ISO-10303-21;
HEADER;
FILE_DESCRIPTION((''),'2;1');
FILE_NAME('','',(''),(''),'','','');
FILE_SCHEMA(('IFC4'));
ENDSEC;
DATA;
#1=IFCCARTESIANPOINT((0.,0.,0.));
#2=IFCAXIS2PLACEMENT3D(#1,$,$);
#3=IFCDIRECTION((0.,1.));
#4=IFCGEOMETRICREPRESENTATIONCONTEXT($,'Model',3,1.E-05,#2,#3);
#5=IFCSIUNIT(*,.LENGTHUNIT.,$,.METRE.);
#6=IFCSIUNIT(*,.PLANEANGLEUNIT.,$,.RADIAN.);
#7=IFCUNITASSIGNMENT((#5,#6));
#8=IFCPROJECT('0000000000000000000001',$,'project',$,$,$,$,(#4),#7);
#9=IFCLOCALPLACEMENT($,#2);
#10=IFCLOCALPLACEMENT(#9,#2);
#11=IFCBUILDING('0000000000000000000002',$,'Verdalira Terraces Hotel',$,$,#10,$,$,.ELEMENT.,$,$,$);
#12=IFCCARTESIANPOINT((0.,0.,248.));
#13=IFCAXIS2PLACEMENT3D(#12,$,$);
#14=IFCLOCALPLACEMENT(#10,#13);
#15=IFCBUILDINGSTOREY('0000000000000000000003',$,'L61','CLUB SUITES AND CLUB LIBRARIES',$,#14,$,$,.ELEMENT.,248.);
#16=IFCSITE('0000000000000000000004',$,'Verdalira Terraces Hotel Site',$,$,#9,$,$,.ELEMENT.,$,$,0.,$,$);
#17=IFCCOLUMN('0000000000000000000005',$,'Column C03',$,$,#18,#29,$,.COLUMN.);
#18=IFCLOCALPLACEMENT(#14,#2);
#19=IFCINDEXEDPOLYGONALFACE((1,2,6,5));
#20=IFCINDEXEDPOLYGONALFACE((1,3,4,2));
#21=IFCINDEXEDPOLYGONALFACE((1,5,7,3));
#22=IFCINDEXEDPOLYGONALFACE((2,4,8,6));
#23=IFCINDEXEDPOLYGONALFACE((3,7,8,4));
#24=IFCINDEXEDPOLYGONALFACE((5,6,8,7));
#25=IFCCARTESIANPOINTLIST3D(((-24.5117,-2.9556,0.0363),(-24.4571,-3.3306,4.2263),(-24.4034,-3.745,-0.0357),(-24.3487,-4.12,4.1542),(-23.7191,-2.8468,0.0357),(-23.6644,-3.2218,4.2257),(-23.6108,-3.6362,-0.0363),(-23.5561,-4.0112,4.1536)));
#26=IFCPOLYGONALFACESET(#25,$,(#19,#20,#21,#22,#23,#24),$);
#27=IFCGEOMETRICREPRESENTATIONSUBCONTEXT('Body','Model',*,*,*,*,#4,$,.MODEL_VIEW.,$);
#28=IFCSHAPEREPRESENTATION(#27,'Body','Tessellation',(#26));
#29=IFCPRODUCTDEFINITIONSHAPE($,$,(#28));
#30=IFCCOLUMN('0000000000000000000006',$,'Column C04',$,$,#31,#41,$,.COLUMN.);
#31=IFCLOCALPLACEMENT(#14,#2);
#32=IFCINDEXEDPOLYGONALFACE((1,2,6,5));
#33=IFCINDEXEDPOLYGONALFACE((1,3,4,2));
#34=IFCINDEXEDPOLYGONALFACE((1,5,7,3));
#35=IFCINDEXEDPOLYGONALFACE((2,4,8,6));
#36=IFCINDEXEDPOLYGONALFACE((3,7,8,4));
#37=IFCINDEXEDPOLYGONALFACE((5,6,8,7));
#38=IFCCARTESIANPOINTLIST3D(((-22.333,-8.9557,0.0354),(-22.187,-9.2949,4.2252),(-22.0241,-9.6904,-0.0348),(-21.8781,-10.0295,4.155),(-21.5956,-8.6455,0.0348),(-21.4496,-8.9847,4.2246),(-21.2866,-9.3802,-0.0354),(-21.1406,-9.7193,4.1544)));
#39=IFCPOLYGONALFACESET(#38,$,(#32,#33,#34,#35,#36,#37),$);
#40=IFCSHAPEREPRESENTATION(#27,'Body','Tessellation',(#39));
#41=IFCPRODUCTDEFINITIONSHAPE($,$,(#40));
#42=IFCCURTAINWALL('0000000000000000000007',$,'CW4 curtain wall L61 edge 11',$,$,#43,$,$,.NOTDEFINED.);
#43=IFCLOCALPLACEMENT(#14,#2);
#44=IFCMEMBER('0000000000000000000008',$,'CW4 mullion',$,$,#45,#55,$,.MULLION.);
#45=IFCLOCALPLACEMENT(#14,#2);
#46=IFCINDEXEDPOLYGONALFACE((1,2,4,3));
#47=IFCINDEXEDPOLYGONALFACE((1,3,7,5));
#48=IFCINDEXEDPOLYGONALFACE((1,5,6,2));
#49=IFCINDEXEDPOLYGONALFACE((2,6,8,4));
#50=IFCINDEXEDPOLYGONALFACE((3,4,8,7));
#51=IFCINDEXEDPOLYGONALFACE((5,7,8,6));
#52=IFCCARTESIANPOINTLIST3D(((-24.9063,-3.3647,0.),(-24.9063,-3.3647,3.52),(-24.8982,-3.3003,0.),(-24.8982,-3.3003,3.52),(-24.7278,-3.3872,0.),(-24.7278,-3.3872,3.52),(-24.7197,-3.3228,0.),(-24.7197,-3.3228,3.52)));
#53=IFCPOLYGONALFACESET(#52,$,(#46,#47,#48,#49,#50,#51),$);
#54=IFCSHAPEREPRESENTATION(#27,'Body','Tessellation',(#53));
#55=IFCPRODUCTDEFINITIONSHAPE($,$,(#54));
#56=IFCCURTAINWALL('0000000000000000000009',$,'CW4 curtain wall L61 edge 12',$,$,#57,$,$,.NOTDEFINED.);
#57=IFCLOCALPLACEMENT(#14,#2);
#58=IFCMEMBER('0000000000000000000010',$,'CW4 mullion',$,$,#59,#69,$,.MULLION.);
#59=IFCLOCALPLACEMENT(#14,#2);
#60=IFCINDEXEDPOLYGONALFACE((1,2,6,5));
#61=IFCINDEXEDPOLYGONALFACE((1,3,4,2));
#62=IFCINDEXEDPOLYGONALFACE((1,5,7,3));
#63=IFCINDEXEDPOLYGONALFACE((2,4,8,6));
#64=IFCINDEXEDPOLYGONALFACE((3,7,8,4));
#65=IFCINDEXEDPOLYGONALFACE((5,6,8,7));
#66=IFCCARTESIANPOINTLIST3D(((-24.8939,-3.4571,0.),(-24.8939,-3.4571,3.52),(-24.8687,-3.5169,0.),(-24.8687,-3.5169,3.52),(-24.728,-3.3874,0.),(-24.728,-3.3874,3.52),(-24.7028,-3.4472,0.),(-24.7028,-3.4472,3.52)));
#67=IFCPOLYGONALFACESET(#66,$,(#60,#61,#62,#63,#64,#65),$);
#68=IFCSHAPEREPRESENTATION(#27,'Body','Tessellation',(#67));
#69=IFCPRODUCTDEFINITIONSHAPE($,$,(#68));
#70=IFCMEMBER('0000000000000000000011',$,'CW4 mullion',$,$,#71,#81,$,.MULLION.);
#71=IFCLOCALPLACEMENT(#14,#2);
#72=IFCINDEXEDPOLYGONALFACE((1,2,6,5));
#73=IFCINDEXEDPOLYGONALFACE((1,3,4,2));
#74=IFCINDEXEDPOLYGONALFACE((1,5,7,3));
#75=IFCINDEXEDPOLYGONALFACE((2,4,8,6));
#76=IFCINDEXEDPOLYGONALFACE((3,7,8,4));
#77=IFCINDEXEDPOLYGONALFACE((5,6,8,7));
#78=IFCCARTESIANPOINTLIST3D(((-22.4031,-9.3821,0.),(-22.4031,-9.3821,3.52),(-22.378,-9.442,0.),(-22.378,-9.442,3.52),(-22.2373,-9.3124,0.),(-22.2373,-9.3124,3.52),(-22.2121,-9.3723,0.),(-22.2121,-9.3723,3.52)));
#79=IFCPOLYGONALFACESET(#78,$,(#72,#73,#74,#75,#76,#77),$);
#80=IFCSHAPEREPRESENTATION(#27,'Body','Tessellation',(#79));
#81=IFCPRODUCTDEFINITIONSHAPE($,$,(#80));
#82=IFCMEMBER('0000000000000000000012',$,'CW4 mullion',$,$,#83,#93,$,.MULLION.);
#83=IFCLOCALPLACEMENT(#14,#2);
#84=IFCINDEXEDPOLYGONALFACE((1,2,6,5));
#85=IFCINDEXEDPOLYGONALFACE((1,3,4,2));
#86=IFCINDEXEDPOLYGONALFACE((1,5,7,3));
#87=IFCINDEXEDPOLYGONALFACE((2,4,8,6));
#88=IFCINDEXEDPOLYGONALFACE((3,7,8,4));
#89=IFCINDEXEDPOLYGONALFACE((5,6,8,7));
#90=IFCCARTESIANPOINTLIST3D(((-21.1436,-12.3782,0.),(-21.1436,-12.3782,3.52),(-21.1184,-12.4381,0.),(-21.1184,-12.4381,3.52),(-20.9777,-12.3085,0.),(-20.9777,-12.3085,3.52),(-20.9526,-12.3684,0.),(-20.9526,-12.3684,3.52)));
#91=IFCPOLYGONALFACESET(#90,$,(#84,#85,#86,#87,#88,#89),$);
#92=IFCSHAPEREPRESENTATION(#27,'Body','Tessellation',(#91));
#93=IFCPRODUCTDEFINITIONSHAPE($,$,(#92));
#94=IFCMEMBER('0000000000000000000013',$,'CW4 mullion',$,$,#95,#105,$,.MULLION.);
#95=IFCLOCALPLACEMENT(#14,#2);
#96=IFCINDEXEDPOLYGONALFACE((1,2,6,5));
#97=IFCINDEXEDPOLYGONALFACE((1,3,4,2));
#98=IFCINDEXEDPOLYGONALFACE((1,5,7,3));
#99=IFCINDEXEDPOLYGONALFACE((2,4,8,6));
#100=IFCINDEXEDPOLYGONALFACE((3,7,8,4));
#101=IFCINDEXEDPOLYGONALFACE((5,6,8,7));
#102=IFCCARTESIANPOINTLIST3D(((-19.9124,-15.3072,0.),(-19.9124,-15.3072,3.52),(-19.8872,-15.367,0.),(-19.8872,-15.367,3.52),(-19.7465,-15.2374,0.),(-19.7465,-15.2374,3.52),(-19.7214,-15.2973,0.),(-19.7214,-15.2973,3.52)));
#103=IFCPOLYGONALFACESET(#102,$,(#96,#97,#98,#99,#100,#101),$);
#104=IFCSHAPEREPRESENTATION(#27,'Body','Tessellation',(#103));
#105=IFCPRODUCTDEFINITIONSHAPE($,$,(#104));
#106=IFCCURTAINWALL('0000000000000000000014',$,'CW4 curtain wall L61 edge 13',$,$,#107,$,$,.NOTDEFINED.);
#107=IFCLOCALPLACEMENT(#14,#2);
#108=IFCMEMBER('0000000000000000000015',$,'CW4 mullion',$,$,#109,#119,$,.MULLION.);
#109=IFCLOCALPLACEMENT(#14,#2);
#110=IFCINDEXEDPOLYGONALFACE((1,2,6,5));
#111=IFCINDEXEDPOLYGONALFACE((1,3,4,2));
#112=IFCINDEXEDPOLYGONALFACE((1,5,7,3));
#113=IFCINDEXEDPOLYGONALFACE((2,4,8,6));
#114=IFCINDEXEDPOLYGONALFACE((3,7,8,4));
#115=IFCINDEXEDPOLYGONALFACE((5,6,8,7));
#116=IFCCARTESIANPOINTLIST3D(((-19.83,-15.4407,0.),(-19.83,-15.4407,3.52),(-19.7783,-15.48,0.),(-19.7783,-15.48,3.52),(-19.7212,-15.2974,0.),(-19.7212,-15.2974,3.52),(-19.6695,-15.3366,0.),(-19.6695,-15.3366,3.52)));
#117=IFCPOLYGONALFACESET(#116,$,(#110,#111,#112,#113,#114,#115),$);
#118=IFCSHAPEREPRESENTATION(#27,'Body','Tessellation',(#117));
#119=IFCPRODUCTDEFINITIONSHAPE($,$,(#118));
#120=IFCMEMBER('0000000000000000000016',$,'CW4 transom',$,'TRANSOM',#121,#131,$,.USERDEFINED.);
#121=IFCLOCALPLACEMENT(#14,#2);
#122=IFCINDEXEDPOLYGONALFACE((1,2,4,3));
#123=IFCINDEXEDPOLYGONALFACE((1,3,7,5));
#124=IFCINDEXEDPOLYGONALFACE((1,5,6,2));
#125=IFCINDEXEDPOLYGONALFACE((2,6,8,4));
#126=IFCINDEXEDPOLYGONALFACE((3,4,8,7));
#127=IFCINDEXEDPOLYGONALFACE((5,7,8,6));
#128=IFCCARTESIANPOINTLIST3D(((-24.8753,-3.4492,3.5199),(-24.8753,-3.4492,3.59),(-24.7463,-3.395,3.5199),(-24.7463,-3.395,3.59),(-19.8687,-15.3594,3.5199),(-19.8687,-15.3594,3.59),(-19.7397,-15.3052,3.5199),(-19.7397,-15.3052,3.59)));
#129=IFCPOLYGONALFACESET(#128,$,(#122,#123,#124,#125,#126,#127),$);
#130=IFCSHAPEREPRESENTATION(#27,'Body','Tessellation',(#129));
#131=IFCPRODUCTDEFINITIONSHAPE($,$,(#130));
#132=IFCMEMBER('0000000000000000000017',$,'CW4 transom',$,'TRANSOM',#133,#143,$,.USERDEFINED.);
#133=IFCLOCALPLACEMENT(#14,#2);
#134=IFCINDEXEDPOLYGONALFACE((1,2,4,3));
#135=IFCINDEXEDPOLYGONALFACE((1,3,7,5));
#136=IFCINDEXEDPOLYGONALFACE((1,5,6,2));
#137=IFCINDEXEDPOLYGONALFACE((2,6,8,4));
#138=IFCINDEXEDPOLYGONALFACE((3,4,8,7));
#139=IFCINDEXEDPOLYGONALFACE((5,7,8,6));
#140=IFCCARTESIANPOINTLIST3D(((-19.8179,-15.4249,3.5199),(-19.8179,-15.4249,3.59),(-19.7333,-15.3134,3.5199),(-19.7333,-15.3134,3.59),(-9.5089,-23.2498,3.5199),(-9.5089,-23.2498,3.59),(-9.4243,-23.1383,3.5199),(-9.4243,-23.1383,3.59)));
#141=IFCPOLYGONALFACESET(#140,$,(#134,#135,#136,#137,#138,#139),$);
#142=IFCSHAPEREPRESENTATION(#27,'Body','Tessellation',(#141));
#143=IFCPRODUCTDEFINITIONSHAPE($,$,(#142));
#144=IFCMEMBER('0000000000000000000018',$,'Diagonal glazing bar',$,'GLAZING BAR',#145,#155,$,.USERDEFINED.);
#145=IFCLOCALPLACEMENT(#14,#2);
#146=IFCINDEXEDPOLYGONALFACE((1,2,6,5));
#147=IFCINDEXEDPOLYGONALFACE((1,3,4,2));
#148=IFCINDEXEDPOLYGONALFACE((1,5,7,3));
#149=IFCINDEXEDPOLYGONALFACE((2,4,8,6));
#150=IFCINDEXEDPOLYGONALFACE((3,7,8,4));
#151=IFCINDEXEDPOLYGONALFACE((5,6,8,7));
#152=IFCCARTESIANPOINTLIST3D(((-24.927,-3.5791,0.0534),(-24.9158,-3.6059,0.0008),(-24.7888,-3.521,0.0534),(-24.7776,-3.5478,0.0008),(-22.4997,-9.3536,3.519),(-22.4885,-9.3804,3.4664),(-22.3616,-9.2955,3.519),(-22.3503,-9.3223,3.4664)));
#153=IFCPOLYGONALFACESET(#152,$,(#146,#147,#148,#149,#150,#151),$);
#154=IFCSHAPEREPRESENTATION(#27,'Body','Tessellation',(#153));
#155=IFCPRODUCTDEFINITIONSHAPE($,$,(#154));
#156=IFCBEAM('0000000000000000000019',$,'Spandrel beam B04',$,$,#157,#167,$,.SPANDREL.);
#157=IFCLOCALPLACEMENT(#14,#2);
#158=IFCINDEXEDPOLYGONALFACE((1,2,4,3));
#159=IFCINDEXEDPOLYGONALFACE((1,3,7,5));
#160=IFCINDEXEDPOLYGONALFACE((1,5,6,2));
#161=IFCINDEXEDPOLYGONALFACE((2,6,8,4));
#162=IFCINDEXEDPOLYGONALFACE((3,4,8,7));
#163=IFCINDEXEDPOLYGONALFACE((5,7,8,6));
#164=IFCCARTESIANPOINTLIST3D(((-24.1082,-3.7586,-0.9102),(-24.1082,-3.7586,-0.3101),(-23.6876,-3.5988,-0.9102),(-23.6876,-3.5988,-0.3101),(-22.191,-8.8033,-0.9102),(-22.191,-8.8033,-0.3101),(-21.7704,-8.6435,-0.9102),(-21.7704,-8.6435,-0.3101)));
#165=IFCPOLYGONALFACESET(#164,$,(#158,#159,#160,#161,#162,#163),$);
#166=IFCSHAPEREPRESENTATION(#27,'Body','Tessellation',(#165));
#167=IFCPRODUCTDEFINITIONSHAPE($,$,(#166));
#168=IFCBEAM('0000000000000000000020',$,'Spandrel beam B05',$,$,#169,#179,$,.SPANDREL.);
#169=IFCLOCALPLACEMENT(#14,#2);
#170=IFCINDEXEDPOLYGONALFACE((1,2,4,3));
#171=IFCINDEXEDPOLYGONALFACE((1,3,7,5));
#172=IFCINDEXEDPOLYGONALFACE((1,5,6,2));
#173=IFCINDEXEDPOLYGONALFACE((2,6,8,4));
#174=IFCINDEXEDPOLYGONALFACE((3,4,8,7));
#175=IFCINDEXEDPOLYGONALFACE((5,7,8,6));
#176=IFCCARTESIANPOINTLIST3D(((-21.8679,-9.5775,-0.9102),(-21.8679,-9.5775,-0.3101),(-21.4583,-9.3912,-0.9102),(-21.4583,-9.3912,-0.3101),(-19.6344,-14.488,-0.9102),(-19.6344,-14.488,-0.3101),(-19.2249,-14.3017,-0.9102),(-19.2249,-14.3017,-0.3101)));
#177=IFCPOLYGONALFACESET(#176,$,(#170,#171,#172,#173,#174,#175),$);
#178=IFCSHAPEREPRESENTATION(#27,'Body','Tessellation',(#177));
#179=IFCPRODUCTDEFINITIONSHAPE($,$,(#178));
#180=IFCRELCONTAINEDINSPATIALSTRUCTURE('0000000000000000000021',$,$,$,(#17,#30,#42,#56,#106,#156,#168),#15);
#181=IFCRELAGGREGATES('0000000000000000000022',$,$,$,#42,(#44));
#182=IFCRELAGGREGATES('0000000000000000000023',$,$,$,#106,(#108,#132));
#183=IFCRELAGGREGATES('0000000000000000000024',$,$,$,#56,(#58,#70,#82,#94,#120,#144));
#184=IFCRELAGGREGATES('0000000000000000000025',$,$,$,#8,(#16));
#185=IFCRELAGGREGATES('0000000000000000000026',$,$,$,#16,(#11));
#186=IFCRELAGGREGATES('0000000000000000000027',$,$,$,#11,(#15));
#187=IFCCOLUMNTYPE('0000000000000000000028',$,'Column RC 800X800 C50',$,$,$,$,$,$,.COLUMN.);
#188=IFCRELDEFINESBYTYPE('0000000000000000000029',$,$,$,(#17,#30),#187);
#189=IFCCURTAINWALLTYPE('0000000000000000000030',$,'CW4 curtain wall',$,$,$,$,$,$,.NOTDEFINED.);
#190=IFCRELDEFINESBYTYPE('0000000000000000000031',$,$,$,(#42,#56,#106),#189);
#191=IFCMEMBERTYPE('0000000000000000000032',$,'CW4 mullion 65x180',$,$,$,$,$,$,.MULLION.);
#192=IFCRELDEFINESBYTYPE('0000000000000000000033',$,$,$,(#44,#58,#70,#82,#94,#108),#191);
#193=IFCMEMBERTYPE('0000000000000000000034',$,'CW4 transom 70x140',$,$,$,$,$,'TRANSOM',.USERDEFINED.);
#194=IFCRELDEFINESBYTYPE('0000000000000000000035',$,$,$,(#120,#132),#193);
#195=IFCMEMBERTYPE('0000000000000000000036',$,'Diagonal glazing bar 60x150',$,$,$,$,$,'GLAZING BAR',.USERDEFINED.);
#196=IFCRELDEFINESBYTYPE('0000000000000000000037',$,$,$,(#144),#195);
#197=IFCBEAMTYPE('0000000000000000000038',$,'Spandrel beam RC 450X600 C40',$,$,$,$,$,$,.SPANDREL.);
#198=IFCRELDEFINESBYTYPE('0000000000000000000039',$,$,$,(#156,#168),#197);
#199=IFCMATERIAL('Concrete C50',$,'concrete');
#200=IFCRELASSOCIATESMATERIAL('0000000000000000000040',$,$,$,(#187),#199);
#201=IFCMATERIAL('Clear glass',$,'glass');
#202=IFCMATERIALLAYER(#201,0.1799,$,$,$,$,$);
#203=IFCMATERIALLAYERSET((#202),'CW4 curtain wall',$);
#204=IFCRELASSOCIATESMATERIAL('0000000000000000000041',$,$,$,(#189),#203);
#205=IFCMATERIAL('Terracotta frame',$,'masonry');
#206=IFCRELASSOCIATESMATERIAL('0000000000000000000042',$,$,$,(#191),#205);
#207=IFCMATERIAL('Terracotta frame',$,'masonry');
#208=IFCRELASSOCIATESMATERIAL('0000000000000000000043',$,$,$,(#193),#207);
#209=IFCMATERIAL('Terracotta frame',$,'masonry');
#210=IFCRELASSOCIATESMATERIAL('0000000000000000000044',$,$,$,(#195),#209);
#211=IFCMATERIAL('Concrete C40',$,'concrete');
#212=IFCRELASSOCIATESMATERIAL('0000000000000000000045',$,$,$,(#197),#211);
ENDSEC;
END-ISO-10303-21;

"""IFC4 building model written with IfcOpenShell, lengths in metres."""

from ifc_helpers import new_model, si_unit, direction, frame, origin, origin_2d, place, context, subcontext, project, spatial, rectangle, extrude, material, layer, layer_set, material_profile, profile_set, type_object, element, aggregate, save


model = new_model("IFC4")

# Units and contexts
model_context = context("Model", 3, precision=1e-05, world=origin(), true_north=direction((0.0, 1.0)))
body_context = subcontext(model_context, "Body", "Model", "MODEL_VIEW")
ifc_project = project(units=[si_unit("LENGTHUNIT", "METRE"), si_unit("PLANEANGLEUNIT", "RADIAN")], contexts=[model_context])

# Site, building, storey
site_placement = place(None, origin())
site = spatial("IfcSite", under=ifc_project, at=site_placement, Name="Verdalira Terraces Hotel Site", CompositionType="ELEMENT", RefElevation=0.0)
building_placement = place(site_placement, origin())
building = spatial("IfcBuilding", under=site, at=building_placement, Name="Verdalira Terraces Hotel", CompositionType="ELEMENT")
storey_placement = place(building_placement, frame((0.0, 0.0, 248.0)))
storey = spatial("IfcBuildingStorey", under=building, at=storey_placement, Name="L61", Description="CLUB SUITES AND CLUB LIBRARIES", CompositionType="ELEMENT", Elevation=248.0)

# Columns
ifc_material_1 = material(Name="Concrete C50", Category="concrete")
ifc_material_profile_1 = material_profile(ifc_material_1, rectangle(XDim=0.8, YDim=0.8, at=origin_2d()), Name="RC 800X800")
ifc_profile_set_1 = profile_set([ifc_material_profile_1], Name="Concrete C50")
column_type = type_object("IfcColumnType", Name="Column RC 800X800 C50", PredefinedType="COLUMN", material=ifc_profile_set_1)
column_1_placement = place(storey_placement, frame((-24.0613, -3.2959, 0.0), z_axis=(0.012999, -0.089136, 0.995935), x_axis=(-0.135391, 0.986689, 0.090076)))
element("IfcColumn", 1, at=column_1_placement, inside=storey, type_object=column_type, Name="Column C03", PredefinedType="COLUMN", context=body_context, shape_type="SweptSolid", body=[
    extrude(rectangle(XDim=0.8, YDim=0.8, at=origin_2d()), origin(), (0.0, 0.0, 1.0), 4.207),
])
column_2_placement = place(storey_placement, frame((-21.8098, -9.168, 0.0), z_axis=(0.03471, -0.080622, 0.99614), x_axis=(0.38617, -0.918242, -0.087773)))
element("IfcColumn", 2, at=column_2_placement, inside=storey, type_object=column_type, Name="Column C04", PredefinedType="COLUMN", context=body_context, shape_type="SweptSolid", body=[
    extrude(rectangle(XDim=0.8, YDim=0.8, at=origin_2d()), origin(), (0.0, 0.0, 1.0), 4.2061),
])

# Curtain wall, member
ifc_material_2 = material(Name="Clear glass", Category="glass")
ifc_layer_1 = layer(ifc_material_2, 0.1799)
ifc_layer_set_1 = layer_set([ifc_layer_1], Name="CW4 curtain wall")
curtain_wall_type = type_object("IfcCurtainWallType", Name="CW4 curtain wall", PredefinedType="NOTDEFINED", material=ifc_layer_set_1)
curtain_wall_1_placement = place(storey_placement, origin())
curtain_wall_1 = element("IfcCurtainWall", 3, at=curtain_wall_1_placement, inside=storey, type_object=curtain_wall_type, Name="CW4 curtain wall L61 edge 11", PredefinedType="NOTDEFINED")
ifc_material_3 = material(Name="Terracotta frame", Category="masonry")
ifc_material_profile_2 = material_profile(ifc_material_3, rectangle(XDim=0.0649, YDim=0.1799, at=origin_2d()), Name="MU 65x180")
ifc_profile_set_2 = profile_set([ifc_material_profile_2], Name="Terracotta frame")
member_type_1 = type_object("IfcMemberType", Name="CW4 mullion 65x180", PredefinedType="MULLION", material=ifc_profile_set_2)
member_1_placement = place(storey_placement, frame((-24.813, -3.3438, 0.0), z_axis=(0.0, 0.0, 1.0), x_axis=(-0.125333, -0.992115, 0.0)))
member_1 = element("IfcMember", 4, at=member_1_placement, type_object=member_type_1, Name="CW4 mullion", PredefinedType="MULLION", context=body_context, shape_type="SweptSolid", body=[
    extrude(rectangle(XDim=0.0649, YDim=0.1799, at=origin_2d()), origin(), (0.0, 0.0, 1.0), 3.52),
])
aggregate(curtain_wall_1, [member_1])

# Curtain wall, members
curtain_wall_2_placement = place(storey_placement, origin())
curtain_wall_2 = element("IfcCurtainWall", 5, at=curtain_wall_2_placement, inside=storey, type_object=curtain_wall_type, Name="CW4 curtain wall L61 edge 12", PredefinedType="NOTDEFINED")
member_2_placement = place(storey_placement, frame((-24.7983, -3.4521, 0.0), z_axis=(0.0, 0.0, 1.0), x_axis=(0.387516, -0.921863, 0.0)))
member_2 = element("IfcMember", 6, at=member_2_placement, type_object=member_type_1, Name="CW4 mullion", PredefinedType="MULLION", context=body_context, shape_type="SweptSolid", body=[
    extrude(rectangle(XDim=0.0649, YDim=0.1799, at=origin_2d()), origin(), (0.0, 0.0, 1.0), 3.52),
])
member_3_placement = place(storey_placement, frame((-22.3076, -9.3772, 0.0), z_axis=(0.0, 0.0, 1.0), x_axis=(0.387516, -0.921863, 0.0)))
member_3 = element("IfcMember", 7, at=member_3_placement, type_object=member_type_1, Name="CW4 mullion", PredefinedType="MULLION", context=body_context, shape_type="SweptSolid", body=[
    extrude(rectangle(XDim=0.0649, YDim=0.1799, at=origin_2d()), origin(), (0.0, 0.0, 1.0), 3.52),
])
member_4_placement = place(storey_placement, frame((-21.0481, -12.3733, 0.0), z_axis=(0.0, 0.0, 1.0), x_axis=(0.387516, -0.921863, 0.0)))
member_4 = element("IfcMember", 8, at=member_4_placement, type_object=member_type_1, Name="CW4 mullion", PredefinedType="MULLION", context=body_context, shape_type="SweptSolid", body=[
    extrude(rectangle(XDim=0.0649, YDim=0.1799, at=origin_2d()), origin(), (0.0, 0.0, 1.0), 3.52),
])
member_5_placement = place(storey_placement, frame((-19.8169, -15.3022, 0.0), z_axis=(0.0, 0.0, 1.0), x_axis=(0.387516, -0.921863, 0.0)))
member_5 = element("IfcMember", 9, at=member_5_placement, type_object=member_type_1, Name="CW4 mullion", PredefinedType="MULLION", context=body_context, shape_type="SweptSolid", body=[
    extrude(rectangle(XDim=0.0649, YDim=0.1799, at=origin_2d()), origin(), (0.0, 0.0, 1.0), 3.52),
])

# Curtain wall, member
curtain_wall_3_placement = place(storey_placement, origin())
curtain_wall_3 = element("IfcCurtainWall", 10, at=curtain_wall_3_placement, inside=storey, type_object=curtain_wall_type, Name="CW4 curtain wall L61 edge 13", PredefinedType="NOTDEFINED")
member_6_placement = place(storey_placement, frame((-19.7498, -15.3887, 0.0), z_axis=(0.0, 0.0, 1.0), x_axis=(0.79653, -0.604599, 0.0)))
member_6 = element("IfcMember", 11, at=member_6_placement, type_object=member_type_1, Name="CW4 mullion", PredefinedType="MULLION", context=body_context, shape_type="SweptSolid", body=[
    extrude(rectangle(XDim=0.0649, YDim=0.1799, at=origin_2d()), origin(), (0.0, 0.0, 1.0), 3.52),
])

# Members
ifc_material_4 = material(Name="Terracotta frame", Category="masonry")
ifc_material_profile_3 = material_profile(ifc_material_4, rectangle(XDim=0.1399, YDim=0.0701, at=origin_2d()), Name="TR 70x140")
ifc_profile_set_3 = profile_set([ifc_material_profile_3], Name="Terracotta frame")
member_type_2 = type_object("IfcMemberType", Name="CW4 transom 70x140", ElementType="TRANSOM", PredefinedType="USERDEFINED", material=ifc_profile_set_3)
member_7_placement = place(storey_placement, frame((-24.8108, -3.4221, 3.5549), z_axis=(0.387517, -0.921863, 0.0), x_axis=(0.921863, 0.387517, 0.0)))
member_7 = element("IfcMember", 12, at=member_7_placement, type_object=member_type_2, Name="CW4 transom", ObjectType="TRANSOM", PredefinedType="USERDEFINED", context=body_context, shape_type="SweptSolid", body=[
    extrude(rectangle(XDim=0.1399, YDim=0.0701, at=origin_2d()), origin(), (0.0, 0.0, 1.0), 12.9197),
])
member_8_placement = place(storey_placement, frame((-19.7756, -15.3691, 3.5549), z_axis=(0.796532, -0.604596, 0.0), x_axis=(0.604596, 0.796532, 0.0)))
member_8 = element("IfcMember", 13, at=member_8_placement, type_object=member_type_2, Name="CW4 transom", ObjectType="TRANSOM", PredefinedType="USERDEFINED", context=body_context, shape_type="SweptSolid", body=[
    extrude(rectangle(XDim=0.1399, YDim=0.0701, at=origin_2d()), origin(), (0.0, 0.0, 1.0), 12.9424),
])
aggregate(curtain_wall_3, [member_6, member_8])
ifc_material_5 = material(Name="Terracotta frame", Category="masonry")
ifc_material_profile_4 = material_profile(ifc_material_5, rectangle(XDim=0.1499, YDim=0.0601, at=origin_2d()), Name="GB 60x150")
ifc_profile_set_4 = profile_set([ifc_material_profile_4], Name="Terracotta frame")
member_type_3 = type_object("IfcMemberType", Name="Diagonal glazing bar 60x150", ElementType="GLAZING BAR", PredefinedType="USERDEFINED", material=ifc_profile_set_4)
member_9_placement = place(storey_placement, frame((-24.8523, -3.5635, 0.0271), z_axis=(0.339067, -0.80664, 0.484113), x_axis=(0.921869, 0.387503, 0.0)))
member_9 = element("IfcMember", 14, at=member_9_placement, type_object=member_type_3, Name="Diagonal glazing bar", ObjectType="GLAZING BAR", PredefinedType="USERDEFINED", context=body_context, shape_type="SweptSolid", body=[
    extrude(rectangle(XDim=0.1499, YDim=0.0601, at=origin_2d()), origin(), (0.0, 0.0, 1.0), 7.1587),
])

# Beams
ifc_material_6 = material(Name="Concrete C40", Category="concrete")
ifc_material_profile_5 = material_profile(ifc_material_6, rectangle(XDim=0.45, YDim=0.6001, at=origin_2d()), Name="RC 450X600")
ifc_profile_set_5 = profile_set([ifc_material_profile_5], Name="Concrete C40")
beam_type = type_object("IfcBeamType", Name="Spandrel beam RC 450X600 C40", PredefinedType="SPANDREL", material=ifc_profile_set_5)
beam_1_placement = place(storey_placement, frame((-23.8979, -3.6787, -0.6101), z_axis=(0.35526, -0.934768, 0.0), x_axis=(0.934768, 0.35526, 0.0)))
element("IfcBeam", 15, at=beam_1_placement, inside=storey, type_object=beam_type, Name="Spandrel beam B04", PredefinedType="SPANDREL", context=body_context, shape_type="SweptSolid", body=[
    extrude(rectangle(XDim=0.45, YDim=0.6001, at=origin_2d()), origin(), (0.0, 0.0, 1.0), 5.3967),
])
beam_2_placement = place(storey_placement, frame((-21.6631, -9.4844, -0.6101), z_axis=(0.414018, -0.910269, 0.0), x_axis=(0.910269, 0.414018, 0.0)))
element("IfcBeam", 16, at=beam_2_placement, inside=storey, type_object=beam_type, Name="Spandrel beam B05", PredefinedType="SPANDREL", context=body_context, shape_type="SweptSolid", body=[
    extrude(rectangle(XDim=0.45, YDim=0.6001, at=origin_2d()), origin(), (0.0, 0.0, 1.0), 5.3945),
])

aggregate(curtain_wall_2, [member_2, member_3, member_4, member_5, member_7, member_9])

save(model, "model.ifc")
